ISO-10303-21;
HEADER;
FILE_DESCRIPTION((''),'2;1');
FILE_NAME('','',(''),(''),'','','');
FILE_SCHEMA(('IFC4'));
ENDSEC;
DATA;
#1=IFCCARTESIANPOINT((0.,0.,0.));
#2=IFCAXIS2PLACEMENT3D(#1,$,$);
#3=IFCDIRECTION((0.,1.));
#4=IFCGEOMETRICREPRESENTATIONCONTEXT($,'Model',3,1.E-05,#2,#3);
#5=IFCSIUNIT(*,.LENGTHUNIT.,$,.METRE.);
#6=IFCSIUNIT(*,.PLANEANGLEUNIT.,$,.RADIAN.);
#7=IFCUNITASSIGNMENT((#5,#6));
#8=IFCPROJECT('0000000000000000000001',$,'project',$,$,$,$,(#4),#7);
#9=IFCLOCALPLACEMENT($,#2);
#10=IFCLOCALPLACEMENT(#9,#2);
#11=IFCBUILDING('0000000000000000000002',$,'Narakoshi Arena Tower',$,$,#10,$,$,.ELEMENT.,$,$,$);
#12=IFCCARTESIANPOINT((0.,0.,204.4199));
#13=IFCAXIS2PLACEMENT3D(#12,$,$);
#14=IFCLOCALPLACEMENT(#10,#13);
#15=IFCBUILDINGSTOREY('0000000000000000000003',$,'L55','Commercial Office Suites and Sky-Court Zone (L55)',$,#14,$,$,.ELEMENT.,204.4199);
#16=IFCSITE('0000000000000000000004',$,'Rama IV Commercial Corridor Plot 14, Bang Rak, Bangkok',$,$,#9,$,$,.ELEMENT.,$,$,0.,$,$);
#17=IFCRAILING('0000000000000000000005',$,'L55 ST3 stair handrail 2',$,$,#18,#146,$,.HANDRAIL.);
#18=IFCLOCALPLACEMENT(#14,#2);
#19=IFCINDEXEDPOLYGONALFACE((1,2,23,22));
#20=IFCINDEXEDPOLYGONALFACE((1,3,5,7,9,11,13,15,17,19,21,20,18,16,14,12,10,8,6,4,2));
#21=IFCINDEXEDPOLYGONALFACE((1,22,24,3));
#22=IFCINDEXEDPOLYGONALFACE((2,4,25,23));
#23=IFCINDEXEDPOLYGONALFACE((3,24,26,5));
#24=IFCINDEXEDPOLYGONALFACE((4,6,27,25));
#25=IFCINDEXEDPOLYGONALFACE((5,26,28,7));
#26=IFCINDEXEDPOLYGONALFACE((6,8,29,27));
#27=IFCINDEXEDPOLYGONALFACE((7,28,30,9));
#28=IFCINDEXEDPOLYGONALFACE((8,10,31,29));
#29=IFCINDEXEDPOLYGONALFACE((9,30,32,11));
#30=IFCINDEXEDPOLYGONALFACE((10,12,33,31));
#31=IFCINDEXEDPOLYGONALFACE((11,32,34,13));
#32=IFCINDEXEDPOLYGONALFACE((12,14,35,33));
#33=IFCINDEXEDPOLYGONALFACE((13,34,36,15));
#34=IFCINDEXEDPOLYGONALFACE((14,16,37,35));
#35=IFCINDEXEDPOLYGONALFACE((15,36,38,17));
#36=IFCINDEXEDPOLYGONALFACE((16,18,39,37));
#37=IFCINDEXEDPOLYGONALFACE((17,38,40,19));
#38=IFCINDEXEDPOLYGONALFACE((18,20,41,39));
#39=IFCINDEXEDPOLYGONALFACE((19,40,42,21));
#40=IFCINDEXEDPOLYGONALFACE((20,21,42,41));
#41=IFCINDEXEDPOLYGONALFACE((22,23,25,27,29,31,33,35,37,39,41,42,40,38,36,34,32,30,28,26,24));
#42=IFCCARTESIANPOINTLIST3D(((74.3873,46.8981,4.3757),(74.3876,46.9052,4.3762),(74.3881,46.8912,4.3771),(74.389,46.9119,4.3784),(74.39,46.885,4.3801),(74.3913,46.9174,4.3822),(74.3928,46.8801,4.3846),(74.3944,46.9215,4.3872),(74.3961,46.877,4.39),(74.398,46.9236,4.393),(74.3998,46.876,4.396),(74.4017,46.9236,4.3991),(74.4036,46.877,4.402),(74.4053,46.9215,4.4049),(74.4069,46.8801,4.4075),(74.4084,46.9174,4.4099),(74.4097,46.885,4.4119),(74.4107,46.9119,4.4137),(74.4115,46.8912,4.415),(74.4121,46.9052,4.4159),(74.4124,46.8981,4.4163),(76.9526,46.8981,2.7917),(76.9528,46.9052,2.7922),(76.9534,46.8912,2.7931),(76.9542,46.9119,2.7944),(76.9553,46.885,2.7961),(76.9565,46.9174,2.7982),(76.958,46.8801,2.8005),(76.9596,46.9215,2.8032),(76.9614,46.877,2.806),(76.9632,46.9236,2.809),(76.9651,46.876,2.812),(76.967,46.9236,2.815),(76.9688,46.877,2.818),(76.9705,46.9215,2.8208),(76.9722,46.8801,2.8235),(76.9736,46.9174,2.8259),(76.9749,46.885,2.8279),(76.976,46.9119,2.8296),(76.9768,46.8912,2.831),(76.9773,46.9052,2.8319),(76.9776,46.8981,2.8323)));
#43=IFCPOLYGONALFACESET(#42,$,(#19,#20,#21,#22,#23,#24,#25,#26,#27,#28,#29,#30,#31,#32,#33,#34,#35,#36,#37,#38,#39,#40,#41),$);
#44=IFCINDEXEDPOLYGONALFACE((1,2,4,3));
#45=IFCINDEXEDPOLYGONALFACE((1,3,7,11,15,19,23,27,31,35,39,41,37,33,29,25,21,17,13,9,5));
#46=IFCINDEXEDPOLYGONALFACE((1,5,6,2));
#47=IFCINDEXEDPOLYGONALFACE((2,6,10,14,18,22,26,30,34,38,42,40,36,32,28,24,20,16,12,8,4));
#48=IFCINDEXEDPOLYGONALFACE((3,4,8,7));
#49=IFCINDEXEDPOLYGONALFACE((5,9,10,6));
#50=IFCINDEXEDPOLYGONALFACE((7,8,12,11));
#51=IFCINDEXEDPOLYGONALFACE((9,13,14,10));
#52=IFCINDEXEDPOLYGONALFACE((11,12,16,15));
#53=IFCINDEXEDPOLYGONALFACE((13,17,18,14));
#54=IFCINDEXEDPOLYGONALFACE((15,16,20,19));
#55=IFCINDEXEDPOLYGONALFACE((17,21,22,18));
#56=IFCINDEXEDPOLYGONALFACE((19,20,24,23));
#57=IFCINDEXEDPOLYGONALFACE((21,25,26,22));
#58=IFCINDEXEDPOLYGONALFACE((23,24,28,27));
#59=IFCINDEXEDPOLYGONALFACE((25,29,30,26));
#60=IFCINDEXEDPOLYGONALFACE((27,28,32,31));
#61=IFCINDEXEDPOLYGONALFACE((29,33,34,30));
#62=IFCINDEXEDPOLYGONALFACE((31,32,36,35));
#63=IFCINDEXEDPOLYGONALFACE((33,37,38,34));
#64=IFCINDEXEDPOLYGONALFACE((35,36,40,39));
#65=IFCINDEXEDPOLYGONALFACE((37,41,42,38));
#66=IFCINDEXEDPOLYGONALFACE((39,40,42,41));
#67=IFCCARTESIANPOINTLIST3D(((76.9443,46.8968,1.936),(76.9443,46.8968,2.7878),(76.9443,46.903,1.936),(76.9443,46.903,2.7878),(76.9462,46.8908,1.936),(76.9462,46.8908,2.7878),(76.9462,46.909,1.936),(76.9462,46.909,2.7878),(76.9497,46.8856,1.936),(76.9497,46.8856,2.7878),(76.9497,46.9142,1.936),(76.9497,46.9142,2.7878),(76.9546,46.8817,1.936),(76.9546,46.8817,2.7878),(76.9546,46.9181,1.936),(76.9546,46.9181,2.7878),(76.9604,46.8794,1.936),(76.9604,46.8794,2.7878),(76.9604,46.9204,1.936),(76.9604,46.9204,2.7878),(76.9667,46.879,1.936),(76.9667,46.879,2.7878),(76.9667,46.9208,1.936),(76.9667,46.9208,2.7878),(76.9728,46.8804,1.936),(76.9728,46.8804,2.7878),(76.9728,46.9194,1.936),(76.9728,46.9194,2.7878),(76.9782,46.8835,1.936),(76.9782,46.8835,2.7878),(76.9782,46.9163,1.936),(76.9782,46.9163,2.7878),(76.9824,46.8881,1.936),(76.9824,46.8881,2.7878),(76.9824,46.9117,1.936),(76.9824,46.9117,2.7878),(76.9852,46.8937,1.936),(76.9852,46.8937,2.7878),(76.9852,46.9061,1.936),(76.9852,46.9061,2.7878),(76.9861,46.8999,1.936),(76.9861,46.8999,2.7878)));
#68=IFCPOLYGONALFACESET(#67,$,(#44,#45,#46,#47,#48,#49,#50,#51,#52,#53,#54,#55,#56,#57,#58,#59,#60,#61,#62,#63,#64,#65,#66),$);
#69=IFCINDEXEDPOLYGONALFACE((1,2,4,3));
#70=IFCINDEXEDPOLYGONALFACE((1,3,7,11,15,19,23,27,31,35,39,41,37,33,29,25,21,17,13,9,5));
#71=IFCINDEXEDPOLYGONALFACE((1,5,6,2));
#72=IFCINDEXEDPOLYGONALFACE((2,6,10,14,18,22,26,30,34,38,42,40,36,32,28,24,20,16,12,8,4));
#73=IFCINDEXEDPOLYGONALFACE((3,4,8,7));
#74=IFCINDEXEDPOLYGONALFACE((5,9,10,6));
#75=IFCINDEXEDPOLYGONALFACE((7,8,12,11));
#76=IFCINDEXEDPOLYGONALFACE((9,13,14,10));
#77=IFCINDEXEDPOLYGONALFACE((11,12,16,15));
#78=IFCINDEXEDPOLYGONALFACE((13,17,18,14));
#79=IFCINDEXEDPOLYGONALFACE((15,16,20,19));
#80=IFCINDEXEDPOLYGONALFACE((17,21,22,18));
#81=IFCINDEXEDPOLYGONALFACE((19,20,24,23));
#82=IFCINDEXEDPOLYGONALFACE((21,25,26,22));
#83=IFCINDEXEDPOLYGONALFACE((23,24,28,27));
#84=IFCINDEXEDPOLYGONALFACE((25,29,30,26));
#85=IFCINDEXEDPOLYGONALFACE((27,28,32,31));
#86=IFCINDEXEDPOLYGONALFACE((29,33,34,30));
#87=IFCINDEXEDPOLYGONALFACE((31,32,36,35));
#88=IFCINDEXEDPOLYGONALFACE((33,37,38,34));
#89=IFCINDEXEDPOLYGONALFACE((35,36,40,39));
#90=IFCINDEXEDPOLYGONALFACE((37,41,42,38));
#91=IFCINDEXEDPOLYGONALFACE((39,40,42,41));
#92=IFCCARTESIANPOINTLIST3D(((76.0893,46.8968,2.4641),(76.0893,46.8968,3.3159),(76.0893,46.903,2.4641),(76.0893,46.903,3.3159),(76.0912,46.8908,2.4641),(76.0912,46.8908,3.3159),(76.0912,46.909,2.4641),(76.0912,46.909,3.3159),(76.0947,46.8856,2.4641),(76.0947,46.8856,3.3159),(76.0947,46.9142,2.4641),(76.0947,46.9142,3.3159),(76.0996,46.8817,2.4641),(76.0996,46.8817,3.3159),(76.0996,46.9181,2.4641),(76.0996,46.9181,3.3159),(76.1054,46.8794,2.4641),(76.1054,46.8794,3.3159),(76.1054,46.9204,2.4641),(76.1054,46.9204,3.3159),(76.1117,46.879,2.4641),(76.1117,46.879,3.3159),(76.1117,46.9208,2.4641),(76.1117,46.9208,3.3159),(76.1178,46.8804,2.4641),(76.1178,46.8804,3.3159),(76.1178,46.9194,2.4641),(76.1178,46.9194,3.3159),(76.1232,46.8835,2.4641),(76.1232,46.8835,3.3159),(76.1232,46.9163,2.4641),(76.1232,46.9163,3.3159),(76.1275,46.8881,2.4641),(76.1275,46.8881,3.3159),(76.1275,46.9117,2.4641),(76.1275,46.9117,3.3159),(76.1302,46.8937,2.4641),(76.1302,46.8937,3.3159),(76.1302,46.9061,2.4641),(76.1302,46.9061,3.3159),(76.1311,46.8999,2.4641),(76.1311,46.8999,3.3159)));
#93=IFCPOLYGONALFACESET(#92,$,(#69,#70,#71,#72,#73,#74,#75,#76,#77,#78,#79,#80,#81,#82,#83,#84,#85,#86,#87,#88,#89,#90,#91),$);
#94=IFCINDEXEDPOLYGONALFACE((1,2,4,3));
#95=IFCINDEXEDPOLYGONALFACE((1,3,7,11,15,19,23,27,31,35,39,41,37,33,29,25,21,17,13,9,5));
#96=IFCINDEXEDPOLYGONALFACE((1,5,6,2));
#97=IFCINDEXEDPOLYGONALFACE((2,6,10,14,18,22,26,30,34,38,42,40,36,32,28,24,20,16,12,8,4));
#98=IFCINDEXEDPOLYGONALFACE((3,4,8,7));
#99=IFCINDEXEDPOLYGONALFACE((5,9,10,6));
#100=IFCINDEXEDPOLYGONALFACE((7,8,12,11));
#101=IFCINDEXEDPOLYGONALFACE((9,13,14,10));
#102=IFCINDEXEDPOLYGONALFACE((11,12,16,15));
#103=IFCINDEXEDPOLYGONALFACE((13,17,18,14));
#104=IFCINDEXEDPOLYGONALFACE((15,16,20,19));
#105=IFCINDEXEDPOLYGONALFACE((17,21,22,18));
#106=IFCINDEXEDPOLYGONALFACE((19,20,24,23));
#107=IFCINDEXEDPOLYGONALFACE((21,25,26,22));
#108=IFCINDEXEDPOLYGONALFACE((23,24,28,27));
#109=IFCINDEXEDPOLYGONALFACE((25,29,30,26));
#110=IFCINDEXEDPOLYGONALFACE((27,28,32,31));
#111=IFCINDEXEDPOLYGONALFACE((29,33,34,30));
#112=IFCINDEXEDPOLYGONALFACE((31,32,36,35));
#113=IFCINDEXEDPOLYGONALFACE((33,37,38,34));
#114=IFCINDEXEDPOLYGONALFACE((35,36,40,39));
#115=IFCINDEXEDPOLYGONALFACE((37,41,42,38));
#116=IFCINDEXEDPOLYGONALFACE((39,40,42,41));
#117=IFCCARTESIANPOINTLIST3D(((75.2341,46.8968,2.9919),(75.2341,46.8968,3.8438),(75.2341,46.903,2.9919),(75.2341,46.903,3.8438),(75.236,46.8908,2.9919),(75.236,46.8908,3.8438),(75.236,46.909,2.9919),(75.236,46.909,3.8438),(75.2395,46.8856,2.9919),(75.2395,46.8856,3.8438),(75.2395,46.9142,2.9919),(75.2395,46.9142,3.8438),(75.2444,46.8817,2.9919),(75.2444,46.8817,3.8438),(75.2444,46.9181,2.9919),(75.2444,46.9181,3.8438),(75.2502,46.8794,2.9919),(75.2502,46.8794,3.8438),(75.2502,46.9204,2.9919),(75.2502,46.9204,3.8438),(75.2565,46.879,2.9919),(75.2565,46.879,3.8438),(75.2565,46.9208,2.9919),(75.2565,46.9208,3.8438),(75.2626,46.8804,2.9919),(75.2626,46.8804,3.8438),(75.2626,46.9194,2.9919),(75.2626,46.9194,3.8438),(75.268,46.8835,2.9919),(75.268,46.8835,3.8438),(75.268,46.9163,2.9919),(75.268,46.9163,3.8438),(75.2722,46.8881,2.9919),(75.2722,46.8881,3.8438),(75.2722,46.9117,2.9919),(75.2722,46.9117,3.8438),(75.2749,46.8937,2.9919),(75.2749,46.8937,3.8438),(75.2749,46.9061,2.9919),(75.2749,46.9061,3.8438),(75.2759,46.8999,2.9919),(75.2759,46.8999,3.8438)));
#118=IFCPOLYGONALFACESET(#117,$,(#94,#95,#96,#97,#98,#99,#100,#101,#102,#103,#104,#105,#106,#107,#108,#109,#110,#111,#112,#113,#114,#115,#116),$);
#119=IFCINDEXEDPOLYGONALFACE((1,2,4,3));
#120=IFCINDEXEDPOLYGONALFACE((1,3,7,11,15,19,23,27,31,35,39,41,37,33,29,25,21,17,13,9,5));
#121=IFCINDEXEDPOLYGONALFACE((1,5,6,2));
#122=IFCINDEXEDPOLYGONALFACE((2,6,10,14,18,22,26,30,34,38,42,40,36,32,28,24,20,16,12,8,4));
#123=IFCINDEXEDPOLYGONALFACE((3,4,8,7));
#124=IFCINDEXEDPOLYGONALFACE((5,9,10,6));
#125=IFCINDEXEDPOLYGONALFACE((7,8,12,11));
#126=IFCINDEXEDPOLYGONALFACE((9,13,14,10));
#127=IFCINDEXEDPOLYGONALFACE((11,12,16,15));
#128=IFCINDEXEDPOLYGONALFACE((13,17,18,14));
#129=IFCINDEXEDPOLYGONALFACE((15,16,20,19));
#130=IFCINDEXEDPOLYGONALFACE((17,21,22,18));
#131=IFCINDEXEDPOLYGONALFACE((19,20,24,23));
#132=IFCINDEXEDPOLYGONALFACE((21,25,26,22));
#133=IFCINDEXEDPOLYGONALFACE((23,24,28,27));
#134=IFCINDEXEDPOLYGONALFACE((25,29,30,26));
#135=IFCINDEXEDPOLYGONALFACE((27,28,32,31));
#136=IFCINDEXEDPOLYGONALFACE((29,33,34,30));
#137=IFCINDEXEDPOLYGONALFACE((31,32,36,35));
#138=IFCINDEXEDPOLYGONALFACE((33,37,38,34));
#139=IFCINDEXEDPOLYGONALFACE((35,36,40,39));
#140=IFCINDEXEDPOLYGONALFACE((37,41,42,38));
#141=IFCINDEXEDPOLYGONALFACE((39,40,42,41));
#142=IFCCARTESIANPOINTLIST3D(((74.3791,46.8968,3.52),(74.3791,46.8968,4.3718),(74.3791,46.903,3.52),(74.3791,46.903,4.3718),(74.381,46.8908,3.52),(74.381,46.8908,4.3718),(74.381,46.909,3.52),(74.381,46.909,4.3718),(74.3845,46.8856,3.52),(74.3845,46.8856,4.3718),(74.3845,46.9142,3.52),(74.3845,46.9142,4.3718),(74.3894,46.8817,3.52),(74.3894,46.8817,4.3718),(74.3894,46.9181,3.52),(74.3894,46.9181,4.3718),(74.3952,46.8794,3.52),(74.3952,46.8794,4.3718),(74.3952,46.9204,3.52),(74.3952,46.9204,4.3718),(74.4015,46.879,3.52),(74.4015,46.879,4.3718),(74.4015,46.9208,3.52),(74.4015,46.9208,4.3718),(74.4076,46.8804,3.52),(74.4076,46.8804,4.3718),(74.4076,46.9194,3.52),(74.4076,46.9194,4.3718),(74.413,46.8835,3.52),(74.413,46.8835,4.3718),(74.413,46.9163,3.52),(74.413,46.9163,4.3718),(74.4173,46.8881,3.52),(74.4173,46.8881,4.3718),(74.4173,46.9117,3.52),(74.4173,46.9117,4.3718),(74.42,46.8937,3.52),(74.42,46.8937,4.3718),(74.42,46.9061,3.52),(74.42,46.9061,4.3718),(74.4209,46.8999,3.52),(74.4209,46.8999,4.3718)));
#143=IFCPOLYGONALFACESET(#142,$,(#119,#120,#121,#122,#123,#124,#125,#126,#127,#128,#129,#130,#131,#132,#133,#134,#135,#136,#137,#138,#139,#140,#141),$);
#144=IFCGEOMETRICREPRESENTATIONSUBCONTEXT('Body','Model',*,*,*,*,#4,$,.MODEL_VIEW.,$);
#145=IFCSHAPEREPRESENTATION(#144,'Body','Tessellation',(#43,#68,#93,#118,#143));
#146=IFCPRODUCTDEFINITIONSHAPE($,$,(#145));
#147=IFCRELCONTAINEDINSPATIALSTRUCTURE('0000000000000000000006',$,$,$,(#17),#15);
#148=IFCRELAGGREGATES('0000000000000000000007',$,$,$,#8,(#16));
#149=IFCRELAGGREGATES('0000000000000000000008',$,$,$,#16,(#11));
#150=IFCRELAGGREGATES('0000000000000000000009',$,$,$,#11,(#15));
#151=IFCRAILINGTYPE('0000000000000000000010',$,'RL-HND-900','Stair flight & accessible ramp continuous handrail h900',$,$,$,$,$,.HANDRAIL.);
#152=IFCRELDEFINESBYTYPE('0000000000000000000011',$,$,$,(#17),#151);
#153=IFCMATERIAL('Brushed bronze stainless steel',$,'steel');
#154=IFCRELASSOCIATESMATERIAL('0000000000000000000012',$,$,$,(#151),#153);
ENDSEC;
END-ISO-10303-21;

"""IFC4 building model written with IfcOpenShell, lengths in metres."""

from ifc_helpers import new_model, si_unit, direction, frame, origin, origin_2d, place, context, subcontext, project, spatial, circle, extrude, material, type_object, element, save


model = new_model("IFC4")

# Units and contexts
model_context = context("Model", 3, precision=1e-05, world=origin(), true_north=direction((0.0, 1.0)))
body_context = subcontext(model_context, "Body", "Model", "MODEL_VIEW")
ifc_project = project(units=[si_unit("LENGTHUNIT", "METRE"), si_unit("PLANEANGLEUNIT", "RADIAN")], contexts=[model_context])

# Site, building, storey
site_placement = place(None, origin())
site = spatial("IfcSite", under=ifc_project, at=site_placement, Name="Rama IV Commercial Corridor Plot 14, Bang Rak, Bangkok", CompositionType="ELEMENT", RefElevation=0.0)
building_placement = place(site_placement, origin())
building = spatial("IfcBuilding", under=site, at=building_placement, Name="Narakoshi Arena Tower", CompositionType="ELEMENT")
storey_placement = place(building_placement, frame((0.0, 0.0, 204.4199)))
storey = spatial("IfcBuildingStorey", under=building, at=storey_placement, Name="L55", Description="Commercial Office Suites and Sky-Court Zone (L55)", CompositionType="ELEMENT", Elevation=204.4199)

# Railing
ifc_material_1 = material(Name="Brushed bronze stainless steel", Category="steel")
railing_type_1 = type_object("IfcRailingType", Name="RL-HND-900", Description="Stair flight & accessible ramp continuous handrail h900", PredefinedType="HANDRAIL", material=ifc_material_1)
railing_1_placement = place(storey_placement, frame((76.9651, 46.8999, 1.936)))
element("IfcRailing", 1, at=railing_1_placement, inside=storey, type_object=railing_type_1, Name="L55 ST3 stair handrail 2", PredefinedType="HANDRAIL", context=body_context, shape_type="SweptSolid", body=[
    extrude(circle(Radius=0.0239, at=origin_2d()), frame((0.0, 0.0, 0.876), z_axis=(-0.850857, 0.0, 0.525398), x_axis=(0.0, -1.0, 0.0)), (0.0, 0.0, 1.0), 3.0149),
    extrude(circle(Radius=0.021, at=origin_2d()), origin(), (0.0, 0.0, 1.0), 0.8518),
    extrude(circle(Radius=0.021, at=origin_2d()), frame((-0.855, 0.0, 0.5281)), (0.0, 0.0, 1.0), 0.8518),
    extrude(circle(Radius=0.021, at=origin_2d()), frame((-1.7102, 0.0, 1.0559)), (0.0, 0.0, 1.0), 0.8518),
    extrude(circle(Radius=0.021, at=origin_2d()), frame((-2.5652, 0.0, 1.584)), (0.0, 0.0, 1.0), 0.8518),
])

save(model, "model.ifc")
